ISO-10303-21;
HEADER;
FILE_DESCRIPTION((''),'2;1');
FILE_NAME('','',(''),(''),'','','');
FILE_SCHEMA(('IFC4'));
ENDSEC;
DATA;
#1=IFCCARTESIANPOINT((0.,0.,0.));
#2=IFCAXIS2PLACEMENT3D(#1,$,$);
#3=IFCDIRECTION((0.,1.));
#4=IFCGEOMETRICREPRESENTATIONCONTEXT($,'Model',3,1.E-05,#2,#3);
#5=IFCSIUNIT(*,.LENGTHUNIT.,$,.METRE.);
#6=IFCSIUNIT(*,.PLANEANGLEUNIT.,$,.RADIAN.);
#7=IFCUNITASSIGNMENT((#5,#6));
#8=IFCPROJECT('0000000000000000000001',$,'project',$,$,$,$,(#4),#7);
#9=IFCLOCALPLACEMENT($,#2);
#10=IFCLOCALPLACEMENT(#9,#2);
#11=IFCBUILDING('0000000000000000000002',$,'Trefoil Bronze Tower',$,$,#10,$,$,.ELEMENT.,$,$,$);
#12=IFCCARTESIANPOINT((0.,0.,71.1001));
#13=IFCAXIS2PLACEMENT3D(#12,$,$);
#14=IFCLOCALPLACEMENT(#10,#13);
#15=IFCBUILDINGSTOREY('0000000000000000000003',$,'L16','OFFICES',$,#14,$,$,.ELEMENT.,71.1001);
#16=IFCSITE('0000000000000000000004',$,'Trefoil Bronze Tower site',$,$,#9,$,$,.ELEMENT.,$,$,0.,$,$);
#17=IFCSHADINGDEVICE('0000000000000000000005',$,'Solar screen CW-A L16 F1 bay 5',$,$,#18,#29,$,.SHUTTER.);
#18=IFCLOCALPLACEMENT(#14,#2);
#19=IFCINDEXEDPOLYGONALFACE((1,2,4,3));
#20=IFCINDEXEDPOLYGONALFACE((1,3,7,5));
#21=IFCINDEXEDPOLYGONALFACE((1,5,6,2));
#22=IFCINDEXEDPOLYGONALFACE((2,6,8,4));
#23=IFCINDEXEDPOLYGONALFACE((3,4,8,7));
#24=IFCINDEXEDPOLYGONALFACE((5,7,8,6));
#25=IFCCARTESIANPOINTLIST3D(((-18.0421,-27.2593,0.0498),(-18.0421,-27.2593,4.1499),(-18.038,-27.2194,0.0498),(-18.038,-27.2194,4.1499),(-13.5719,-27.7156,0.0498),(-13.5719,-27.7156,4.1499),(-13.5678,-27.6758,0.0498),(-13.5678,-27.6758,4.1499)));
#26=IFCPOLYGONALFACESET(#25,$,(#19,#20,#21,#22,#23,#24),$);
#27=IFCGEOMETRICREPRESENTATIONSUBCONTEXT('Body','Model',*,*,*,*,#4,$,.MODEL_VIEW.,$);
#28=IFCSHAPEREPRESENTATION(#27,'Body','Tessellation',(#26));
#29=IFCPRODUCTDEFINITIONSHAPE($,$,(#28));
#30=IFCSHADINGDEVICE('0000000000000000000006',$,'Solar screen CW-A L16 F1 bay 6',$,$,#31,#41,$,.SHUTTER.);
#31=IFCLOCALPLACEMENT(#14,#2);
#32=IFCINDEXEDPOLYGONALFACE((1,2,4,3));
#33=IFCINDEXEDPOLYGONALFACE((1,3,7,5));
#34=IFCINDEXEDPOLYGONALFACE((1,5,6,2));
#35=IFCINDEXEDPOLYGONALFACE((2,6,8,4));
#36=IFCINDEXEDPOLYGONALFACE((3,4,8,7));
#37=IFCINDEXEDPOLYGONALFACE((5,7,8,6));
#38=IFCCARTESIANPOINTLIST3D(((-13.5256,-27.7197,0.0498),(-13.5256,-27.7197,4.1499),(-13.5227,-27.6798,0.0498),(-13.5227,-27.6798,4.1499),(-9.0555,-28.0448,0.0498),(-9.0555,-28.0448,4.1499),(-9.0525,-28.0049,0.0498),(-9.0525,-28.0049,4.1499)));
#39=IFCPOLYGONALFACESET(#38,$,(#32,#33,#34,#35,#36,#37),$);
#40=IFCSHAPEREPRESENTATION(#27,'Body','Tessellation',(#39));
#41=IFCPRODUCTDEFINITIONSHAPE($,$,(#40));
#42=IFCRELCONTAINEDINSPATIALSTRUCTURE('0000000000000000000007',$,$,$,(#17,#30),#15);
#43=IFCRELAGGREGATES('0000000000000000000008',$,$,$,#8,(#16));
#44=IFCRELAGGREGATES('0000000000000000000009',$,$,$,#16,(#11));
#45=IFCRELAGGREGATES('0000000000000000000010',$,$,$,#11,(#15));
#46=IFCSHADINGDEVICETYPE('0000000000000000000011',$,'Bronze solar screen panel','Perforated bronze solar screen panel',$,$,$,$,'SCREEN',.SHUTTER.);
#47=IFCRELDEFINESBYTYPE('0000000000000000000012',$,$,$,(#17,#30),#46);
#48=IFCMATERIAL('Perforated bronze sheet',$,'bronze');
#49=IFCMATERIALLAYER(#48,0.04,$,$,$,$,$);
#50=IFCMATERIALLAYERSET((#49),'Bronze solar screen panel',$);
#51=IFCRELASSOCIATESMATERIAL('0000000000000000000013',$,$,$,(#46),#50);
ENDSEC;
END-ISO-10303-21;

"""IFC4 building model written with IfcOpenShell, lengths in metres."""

from ifc_helpers import new_model, si_unit, direction, frame, origin, origin_2d, place, context, subcontext, project, spatial, rectangle, extrude, material, layer, layer_set, type_object, element, save


model = new_model("IFC4")

# Units and contexts
model_context = context("Model", 3, precision=1e-05, world=origin(), true_north=direction((0.0, 1.0)))
body_context = subcontext(model_context, "Body", "Model", "MODEL_VIEW")
ifc_project = project(units=[si_unit("LENGTHUNIT", "METRE"), si_unit("PLANEANGLEUNIT", "RADIAN")], contexts=[model_context])

# Site, building, storey
site_placement = place(None, origin())
site = spatial("IfcSite", under=ifc_project, at=site_placement, Name="Trefoil Bronze Tower site", CompositionType="ELEMENT", RefElevation=0.0)
building_placement = place(site_placement, origin())
building = spatial("IfcBuilding", under=site, at=building_placement, Name="Trefoil Bronze Tower", CompositionType="ELEMENT")
storey_placement = place(building_placement, frame((0.0, 0.0, 71.1001)))
storey = spatial("IfcBuildingStorey", under=building, at=storey_placement, Name="L16", Description="OFFICES", CompositionType="ELEMENT", Elevation=71.1001)

# Shading devices
ifc_material_1 = material(Name="Perforated bronze sheet", Category="bronze")
ifc_layer_1 = layer(ifc_material_1, 0.04)
ifc_layer_set_1 = layer_set([ifc_layer_1], Name="Bronze solar screen panel")
shading_device_type = type_object("IfcShadingDeviceType", Name="Bronze solar screen panel", Description="Perforated bronze solar screen panel", ElementType="SCREEN", PredefinedType="SHUTTER", material=ifc_layer_set_1)
shading_device_1_placement = place(storey_placement, frame((-15.8049, -27.4675, 0.0498), z_axis=(0.0, 0.0, 1.0), x_axis=(0.994829, -0.101565, 0.0)))
element("IfcShadingDevice", 1, at=shading_device_1_placement, inside=storey, type_object=shading_device_type, Name="Solar screen CW-A L16 F1 bay 5", PredefinedType="SHUTTER", context=body_context, shape_type="SweptSolid", body=[
    extrude(rectangle(XDim=4.4934, YDim=0.04, at=origin_2d()), origin(), (0.0, 0.0, 1.0), 4.1001),
])
shading_device_2_placement = place(storey_placement, frame((-11.2891, -27.8623, 0.0498), z_axis=(0.0, 0.0, 1.0), x_axis=(0.997365, -0.072547, 0.0)))
element("IfcShadingDevice", 2, at=shading_device_2_placement, inside=storey, type_object=shading_device_type, Name="Solar screen CW-A L16 F1 bay 6", PredefinedType="SHUTTER", context=body_context, shape_type="SweptSolid", body=[
    extrude(rectangle(XDim=4.4819, YDim=0.04, at=origin_2d()), origin(), (0.0, 0.0, 1.0), 4.1001),
])

save(model, "model.ifc")
